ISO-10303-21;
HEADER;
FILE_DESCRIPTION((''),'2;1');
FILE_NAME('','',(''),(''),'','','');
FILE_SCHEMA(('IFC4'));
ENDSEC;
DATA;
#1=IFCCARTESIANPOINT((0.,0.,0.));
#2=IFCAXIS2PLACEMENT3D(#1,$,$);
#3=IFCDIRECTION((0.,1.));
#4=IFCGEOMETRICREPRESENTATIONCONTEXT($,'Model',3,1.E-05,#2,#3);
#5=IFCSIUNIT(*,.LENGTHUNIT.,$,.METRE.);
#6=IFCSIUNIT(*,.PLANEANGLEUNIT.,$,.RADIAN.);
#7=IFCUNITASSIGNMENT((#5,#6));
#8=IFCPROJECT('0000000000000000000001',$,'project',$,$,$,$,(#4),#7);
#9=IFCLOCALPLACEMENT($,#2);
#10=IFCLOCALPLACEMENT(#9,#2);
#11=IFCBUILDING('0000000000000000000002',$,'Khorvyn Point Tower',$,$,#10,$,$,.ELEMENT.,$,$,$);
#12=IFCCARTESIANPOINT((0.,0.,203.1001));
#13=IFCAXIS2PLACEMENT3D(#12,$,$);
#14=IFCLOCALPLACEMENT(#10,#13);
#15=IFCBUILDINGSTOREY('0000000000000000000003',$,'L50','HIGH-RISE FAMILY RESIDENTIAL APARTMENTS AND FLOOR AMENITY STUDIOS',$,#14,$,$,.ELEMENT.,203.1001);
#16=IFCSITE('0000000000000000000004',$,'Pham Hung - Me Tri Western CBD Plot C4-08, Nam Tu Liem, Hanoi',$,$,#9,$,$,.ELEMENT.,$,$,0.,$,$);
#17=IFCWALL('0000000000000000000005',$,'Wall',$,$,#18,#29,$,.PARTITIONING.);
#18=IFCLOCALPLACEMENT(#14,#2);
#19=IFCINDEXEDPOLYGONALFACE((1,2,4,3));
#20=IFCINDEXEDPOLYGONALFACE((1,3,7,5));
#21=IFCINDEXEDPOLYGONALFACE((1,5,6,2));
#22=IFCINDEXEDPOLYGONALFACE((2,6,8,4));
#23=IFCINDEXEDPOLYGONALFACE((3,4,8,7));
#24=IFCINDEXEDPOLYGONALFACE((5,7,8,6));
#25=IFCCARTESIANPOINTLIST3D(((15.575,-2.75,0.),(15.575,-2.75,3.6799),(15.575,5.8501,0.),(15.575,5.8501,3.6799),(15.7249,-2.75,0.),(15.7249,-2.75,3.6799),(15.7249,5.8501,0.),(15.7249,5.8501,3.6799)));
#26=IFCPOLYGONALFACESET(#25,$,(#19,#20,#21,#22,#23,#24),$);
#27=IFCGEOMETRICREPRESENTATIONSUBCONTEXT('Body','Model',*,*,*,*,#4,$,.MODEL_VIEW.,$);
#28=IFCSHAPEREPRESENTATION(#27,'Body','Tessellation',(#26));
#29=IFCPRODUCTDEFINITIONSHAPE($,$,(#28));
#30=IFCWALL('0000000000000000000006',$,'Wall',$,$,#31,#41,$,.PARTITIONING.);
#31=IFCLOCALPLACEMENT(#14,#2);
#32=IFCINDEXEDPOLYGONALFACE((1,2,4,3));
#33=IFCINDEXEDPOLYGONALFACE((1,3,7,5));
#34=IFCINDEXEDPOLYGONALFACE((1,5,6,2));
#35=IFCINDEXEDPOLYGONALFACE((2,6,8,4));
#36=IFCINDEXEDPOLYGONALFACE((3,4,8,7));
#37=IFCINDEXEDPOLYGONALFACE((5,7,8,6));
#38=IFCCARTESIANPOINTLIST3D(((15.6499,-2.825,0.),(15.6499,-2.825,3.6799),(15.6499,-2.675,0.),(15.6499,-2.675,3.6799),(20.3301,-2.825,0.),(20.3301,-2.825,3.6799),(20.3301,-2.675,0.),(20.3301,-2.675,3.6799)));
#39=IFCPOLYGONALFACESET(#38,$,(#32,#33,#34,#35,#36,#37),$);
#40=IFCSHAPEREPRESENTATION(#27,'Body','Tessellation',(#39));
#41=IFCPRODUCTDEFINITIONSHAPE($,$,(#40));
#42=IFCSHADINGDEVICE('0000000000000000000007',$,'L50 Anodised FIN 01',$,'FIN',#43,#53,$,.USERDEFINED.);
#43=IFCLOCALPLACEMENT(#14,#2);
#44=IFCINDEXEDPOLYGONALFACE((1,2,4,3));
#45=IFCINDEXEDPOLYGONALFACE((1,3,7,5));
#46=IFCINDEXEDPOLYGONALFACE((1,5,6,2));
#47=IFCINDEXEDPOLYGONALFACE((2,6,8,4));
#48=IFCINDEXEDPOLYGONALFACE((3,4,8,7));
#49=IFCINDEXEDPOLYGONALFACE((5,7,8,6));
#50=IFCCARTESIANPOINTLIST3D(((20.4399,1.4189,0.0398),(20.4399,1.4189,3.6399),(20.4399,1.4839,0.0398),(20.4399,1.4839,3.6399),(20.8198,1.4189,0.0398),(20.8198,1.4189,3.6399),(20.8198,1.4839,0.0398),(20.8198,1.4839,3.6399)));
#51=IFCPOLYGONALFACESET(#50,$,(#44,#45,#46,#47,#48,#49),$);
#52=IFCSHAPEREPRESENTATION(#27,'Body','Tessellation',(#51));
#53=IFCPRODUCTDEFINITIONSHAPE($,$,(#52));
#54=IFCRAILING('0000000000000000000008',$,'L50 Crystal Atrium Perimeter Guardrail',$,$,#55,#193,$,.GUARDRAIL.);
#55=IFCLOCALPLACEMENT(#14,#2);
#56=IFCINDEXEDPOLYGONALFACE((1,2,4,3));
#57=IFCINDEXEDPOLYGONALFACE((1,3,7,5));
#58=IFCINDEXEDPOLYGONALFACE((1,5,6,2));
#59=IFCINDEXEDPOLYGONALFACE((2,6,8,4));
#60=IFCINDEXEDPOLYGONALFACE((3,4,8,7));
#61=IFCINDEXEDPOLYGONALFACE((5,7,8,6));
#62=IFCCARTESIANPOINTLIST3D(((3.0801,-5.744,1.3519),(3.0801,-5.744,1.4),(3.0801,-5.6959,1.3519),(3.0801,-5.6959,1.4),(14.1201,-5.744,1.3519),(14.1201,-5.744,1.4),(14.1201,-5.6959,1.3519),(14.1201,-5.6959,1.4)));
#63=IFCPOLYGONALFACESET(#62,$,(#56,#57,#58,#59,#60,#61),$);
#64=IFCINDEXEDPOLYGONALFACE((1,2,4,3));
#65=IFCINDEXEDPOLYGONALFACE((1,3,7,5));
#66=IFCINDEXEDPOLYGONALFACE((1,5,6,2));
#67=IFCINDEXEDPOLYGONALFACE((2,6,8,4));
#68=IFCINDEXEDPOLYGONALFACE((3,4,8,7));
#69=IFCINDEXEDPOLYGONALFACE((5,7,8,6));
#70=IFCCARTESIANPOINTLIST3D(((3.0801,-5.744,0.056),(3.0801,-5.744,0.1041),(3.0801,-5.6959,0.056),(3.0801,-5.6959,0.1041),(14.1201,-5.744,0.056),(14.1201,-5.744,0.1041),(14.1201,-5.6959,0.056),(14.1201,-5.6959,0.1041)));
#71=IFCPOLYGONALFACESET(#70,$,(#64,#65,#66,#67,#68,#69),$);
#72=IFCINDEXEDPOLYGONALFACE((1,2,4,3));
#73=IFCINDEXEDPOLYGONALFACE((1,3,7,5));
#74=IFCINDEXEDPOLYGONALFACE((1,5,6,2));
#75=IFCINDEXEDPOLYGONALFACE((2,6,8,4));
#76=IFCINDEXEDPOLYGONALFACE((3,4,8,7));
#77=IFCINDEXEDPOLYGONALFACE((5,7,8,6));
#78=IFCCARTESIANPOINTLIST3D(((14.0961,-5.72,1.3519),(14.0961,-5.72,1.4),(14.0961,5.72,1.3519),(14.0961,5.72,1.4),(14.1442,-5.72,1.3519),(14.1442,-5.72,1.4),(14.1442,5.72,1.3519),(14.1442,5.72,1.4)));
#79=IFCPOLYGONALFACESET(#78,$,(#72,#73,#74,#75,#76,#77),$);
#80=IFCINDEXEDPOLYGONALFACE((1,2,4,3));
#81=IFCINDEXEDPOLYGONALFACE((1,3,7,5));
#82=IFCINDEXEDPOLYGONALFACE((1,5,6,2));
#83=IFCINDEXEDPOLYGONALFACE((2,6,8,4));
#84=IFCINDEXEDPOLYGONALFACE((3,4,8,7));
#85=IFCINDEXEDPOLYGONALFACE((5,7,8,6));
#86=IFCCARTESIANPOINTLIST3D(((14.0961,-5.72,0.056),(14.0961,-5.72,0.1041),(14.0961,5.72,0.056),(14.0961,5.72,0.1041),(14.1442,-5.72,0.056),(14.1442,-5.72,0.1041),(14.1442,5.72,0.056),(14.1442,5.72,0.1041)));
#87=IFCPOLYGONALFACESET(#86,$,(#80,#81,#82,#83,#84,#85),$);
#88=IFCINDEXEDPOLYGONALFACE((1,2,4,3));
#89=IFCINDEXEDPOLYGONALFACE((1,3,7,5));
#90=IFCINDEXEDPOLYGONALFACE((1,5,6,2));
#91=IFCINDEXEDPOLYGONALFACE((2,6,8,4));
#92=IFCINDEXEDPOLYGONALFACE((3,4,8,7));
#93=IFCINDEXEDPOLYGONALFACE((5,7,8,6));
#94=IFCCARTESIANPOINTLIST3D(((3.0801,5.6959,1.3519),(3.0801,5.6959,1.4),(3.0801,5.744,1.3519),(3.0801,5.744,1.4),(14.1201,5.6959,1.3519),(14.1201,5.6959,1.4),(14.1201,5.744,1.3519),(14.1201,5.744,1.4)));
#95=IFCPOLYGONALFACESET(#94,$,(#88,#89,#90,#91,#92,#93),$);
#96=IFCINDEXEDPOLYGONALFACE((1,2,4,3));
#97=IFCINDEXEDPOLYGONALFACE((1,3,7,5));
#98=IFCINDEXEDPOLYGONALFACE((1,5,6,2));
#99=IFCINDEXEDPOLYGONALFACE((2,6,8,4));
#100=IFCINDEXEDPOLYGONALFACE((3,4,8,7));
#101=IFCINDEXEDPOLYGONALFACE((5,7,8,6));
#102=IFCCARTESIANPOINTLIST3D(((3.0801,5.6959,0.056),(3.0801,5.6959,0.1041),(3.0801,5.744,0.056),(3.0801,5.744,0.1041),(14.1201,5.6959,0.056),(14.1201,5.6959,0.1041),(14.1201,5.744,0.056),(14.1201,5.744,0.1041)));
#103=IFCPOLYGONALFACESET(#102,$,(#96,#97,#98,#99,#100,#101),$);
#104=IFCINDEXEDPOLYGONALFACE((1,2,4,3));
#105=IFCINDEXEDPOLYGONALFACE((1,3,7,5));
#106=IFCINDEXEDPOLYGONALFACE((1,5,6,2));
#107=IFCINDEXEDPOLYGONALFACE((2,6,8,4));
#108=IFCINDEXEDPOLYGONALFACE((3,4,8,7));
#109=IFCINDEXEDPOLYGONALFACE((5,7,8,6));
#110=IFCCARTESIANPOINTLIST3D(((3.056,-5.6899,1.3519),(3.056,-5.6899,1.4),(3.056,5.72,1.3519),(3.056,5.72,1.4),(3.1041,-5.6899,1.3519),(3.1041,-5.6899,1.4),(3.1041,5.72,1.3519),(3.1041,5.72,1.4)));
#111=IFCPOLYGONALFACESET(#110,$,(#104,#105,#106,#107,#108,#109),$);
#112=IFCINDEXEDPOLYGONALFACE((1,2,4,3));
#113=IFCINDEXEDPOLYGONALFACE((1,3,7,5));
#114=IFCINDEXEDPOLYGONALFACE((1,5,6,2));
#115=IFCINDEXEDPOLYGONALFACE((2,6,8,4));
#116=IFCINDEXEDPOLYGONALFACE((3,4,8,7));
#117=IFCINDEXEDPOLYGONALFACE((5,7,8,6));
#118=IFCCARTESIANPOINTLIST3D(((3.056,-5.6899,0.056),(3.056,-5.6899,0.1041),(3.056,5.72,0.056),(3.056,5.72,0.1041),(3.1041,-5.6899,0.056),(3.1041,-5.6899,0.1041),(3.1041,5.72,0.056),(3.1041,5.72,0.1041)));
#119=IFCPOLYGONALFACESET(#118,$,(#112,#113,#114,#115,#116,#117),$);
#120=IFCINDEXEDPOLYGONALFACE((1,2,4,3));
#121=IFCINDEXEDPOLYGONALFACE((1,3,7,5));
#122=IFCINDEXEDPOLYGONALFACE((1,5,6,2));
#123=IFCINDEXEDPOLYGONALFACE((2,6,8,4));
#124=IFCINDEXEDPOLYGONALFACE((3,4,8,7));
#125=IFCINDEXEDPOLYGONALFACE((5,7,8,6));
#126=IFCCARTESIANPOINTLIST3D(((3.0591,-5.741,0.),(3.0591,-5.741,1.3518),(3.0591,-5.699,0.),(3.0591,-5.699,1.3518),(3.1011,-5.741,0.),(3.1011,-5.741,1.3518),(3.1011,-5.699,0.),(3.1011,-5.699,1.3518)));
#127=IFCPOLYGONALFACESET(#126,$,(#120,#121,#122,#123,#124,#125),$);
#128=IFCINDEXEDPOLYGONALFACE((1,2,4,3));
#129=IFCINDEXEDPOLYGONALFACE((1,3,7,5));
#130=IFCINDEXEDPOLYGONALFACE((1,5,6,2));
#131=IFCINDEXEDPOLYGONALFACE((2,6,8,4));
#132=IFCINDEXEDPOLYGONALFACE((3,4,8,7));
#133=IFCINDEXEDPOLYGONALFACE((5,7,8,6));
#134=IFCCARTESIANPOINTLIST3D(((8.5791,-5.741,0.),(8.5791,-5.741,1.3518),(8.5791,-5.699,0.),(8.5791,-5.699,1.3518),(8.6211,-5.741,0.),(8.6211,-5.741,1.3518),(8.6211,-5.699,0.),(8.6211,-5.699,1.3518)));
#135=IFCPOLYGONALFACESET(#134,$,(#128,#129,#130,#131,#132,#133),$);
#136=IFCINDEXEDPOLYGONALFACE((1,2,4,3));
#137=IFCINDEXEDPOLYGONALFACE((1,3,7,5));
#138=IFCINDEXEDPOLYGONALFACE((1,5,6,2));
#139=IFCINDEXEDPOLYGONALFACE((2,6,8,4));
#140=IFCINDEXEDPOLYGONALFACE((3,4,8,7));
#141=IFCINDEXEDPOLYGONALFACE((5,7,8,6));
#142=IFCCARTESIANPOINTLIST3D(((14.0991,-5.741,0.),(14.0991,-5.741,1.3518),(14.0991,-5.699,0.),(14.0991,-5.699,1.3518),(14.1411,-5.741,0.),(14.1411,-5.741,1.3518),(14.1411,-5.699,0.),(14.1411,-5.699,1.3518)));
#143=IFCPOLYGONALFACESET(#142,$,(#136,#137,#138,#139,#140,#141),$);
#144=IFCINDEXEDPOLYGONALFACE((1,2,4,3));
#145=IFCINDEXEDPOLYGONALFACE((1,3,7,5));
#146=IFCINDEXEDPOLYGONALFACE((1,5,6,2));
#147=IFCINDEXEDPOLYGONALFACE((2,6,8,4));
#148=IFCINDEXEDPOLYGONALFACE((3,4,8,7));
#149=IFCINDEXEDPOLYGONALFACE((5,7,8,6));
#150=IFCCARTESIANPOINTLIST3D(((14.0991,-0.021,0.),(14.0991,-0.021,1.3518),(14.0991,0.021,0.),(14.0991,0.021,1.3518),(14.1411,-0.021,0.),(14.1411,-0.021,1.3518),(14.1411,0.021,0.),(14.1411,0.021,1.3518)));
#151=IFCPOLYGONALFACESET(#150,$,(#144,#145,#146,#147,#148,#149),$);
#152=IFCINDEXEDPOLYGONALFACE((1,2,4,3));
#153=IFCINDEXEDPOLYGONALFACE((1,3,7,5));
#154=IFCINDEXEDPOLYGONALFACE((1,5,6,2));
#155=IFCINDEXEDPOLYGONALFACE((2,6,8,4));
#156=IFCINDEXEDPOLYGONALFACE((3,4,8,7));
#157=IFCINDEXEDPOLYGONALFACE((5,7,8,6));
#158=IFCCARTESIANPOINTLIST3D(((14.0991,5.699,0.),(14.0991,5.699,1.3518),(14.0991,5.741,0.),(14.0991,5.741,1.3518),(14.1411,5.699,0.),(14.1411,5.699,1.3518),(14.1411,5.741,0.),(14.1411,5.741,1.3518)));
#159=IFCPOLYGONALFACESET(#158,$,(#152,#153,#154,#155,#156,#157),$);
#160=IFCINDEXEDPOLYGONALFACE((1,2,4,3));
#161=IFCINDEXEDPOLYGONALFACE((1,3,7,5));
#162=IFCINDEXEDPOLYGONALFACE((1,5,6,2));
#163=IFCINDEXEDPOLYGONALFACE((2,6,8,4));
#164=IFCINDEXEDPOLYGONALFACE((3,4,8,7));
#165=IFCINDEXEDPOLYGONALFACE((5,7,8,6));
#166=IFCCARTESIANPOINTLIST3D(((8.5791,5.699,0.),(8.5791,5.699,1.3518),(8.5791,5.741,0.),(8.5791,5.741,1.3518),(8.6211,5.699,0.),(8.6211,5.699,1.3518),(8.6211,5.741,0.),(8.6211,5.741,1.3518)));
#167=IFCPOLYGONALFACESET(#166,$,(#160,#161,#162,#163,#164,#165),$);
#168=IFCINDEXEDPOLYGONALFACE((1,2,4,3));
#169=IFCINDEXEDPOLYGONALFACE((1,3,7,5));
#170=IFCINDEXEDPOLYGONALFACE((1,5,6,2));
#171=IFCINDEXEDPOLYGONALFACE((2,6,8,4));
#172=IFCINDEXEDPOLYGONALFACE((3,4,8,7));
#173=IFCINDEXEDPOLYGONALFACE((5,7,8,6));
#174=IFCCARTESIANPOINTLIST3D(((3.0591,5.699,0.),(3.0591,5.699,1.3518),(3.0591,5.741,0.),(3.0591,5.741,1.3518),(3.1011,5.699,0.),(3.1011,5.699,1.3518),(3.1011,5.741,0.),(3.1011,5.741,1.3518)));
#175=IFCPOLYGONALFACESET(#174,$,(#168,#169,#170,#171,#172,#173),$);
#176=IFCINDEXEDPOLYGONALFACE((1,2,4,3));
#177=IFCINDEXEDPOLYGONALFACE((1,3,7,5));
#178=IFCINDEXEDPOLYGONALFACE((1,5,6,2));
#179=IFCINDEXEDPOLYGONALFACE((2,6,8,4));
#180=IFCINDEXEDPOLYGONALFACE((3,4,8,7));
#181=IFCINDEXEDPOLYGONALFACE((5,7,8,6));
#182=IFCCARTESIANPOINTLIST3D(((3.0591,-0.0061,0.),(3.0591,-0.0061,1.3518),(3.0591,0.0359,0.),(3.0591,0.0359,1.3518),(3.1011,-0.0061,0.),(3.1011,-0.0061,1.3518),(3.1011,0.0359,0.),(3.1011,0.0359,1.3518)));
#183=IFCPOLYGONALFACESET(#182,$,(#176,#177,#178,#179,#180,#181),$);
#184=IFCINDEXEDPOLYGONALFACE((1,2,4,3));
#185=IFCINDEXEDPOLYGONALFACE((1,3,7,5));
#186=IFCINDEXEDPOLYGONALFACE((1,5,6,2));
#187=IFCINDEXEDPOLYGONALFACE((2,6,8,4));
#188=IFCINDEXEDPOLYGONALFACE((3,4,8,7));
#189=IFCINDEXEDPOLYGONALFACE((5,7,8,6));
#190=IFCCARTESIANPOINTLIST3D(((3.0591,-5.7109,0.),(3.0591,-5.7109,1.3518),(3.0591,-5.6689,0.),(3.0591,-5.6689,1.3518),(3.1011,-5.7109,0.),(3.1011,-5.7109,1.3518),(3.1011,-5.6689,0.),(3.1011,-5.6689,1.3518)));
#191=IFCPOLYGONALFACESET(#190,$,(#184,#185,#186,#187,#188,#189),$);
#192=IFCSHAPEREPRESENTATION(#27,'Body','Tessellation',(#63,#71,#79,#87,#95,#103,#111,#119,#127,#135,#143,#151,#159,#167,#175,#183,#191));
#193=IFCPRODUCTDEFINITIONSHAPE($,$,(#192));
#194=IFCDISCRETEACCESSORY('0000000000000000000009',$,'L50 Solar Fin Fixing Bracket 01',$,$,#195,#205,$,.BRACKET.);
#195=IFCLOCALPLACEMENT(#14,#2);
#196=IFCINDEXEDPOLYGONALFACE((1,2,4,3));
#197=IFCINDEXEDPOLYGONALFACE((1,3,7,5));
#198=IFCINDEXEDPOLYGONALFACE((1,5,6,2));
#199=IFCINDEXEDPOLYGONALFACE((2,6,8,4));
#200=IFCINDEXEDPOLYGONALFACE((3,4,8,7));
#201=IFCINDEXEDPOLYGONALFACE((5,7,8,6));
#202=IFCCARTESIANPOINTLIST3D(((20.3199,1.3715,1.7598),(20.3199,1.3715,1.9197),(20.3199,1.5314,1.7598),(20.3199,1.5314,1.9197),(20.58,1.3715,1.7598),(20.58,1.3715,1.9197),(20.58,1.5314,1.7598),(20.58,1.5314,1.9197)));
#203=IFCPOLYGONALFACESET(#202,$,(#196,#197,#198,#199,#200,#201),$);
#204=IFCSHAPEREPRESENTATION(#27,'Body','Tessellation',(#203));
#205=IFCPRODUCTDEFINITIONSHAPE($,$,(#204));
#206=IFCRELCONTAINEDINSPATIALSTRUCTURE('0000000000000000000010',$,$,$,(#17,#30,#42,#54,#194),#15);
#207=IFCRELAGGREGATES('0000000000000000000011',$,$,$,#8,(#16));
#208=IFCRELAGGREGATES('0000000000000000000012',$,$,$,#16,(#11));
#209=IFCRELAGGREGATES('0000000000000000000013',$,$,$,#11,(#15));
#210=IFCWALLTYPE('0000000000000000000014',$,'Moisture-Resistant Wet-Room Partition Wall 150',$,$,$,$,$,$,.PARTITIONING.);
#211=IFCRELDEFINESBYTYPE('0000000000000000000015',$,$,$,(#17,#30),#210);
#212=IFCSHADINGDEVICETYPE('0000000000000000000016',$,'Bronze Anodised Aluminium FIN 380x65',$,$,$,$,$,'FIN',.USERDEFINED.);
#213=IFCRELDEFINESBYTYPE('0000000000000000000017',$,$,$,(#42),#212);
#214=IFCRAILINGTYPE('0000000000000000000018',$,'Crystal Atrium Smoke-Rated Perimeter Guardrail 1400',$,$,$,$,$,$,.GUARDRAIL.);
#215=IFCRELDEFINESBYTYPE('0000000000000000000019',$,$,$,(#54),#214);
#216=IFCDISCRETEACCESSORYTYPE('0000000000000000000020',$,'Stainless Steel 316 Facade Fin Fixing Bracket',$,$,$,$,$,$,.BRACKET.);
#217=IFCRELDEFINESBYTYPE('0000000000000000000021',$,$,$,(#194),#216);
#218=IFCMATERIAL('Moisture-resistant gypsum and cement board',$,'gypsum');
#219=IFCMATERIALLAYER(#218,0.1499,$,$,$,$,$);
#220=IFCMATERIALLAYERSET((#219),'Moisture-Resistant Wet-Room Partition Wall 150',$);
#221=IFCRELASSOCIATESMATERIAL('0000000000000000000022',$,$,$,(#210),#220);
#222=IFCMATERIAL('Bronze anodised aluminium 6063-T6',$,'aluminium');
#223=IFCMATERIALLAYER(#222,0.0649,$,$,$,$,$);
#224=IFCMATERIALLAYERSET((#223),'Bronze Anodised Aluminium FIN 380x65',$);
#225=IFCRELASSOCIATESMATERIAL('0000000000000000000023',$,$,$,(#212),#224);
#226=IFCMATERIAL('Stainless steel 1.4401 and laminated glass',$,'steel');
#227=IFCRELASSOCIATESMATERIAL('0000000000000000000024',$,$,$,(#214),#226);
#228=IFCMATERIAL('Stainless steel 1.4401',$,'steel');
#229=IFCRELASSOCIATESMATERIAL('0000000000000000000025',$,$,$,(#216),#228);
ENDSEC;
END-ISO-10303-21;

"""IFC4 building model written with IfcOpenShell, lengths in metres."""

from ifc_helpers import new_model, si_unit, direction, frame, frame_2d, origin, origin_2d, place, context, subcontext, project, spatial, rectangle, extrude, material, layer, layer_set, type_object, element, save


model = new_model("IFC4")

# Units and contexts
model_context = context("Model", 3, precision=1e-05, world=origin(), true_north=direction((0.0, 1.0)))
body_context = subcontext(model_context, "Body", "Model", "MODEL_VIEW")
ifc_project = project(units=[si_unit("LENGTHUNIT", "METRE"), si_unit("PLANEANGLEUNIT", "RADIAN")], contexts=[model_context])

# Site, building, storey
site_placement = place(None, origin())
site = spatial("IfcSite", under=ifc_project, at=site_placement, Name="Pham Hung - Me Tri Western CBD Plot C4-08, Nam Tu Liem, Hanoi", CompositionType="ELEMENT", RefElevation=0.0)
building_placement = place(site_placement, origin())
building = spatial("IfcBuilding", under=site, at=building_placement, Name="Khorvyn Point Tower", CompositionType="ELEMENT")
storey_placement = place(building_placement, frame((0.0, 0.0, 203.1001)))
storey = spatial("IfcBuildingStorey", under=building, at=storey_placement, Name="L50", Description="HIGH-RISE FAMILY RESIDENTIAL APARTMENTS AND FLOOR AMENITY STUDIOS", CompositionType="ELEMENT", Elevation=203.1001)

# Walls
ifc_material_1 = material(Name="Moisture-resistant gypsum and cement board", Category="gypsum")
ifc_layer_1 = layer(ifc_material_1, 0.1499)
ifc_layer_set_1 = layer_set([ifc_layer_1], Name="Moisture-Resistant Wet-Room Partition Wall 150")
wall_type_1 = type_object("IfcWallType", Name="Moisture-Resistant Wet-Room Partition Wall 150", PredefinedType="PARTITIONING", material=ifc_layer_set_1)
wall_1_placement = place(storey_placement, frame((15.6499, -2.75, 0.0), z_axis=(0.0, 0.0, 1.0), x_axis=(0.0, 1.0, 0.0)))
element("IfcWall", 1, at=wall_1_placement, inside=storey, type_object=wall_type_1, Name="Wall", PredefinedType="PARTITIONING", context=body_context, shape_type="SweptSolid", body=[
    extrude(rectangle(XDim=8.6001, YDim=0.1499, at=frame_2d((4.3, 0.0))), origin(), (0.0, 0.0, 1.0), 3.6799),
])
wall_2_placement = place(storey_placement, frame((15.6499, -2.75, 0.0), z_axis=(0.0, 0.0, 1.0), x_axis=(1.0, 0.0, 0.0)))
element("IfcWall", 2, at=wall_2_placement, inside=storey, type_object=wall_type_1, Name="Wall", PredefinedType="PARTITIONING", context=body_context, shape_type="SweptSolid", body=[
    extrude(rectangle(XDim=4.6802, YDim=0.1499, at=frame_2d((2.3401, 0.0))), origin(), (0.0, 0.0, 1.0), 3.6799),
])

# Shading device
ifc_material_2 = material(Name="Bronze anodised aluminium 6063-T6", Category="aluminium")
ifc_layer_2 = layer(ifc_material_2, 0.0649)
ifc_layer_set_2 = layer_set([ifc_layer_2], Name="Bronze Anodised Aluminium FIN 380x65")
shading_device_type = type_object("IfcShadingDeviceType", Name="Bronze Anodised Aluminium FIN 380x65", ElementType="FIN", PredefinedType="USERDEFINED", material=ifc_layer_set_2)
shading_device_placement = place(storey_placement, frame((20.6299, 1.4514, 0.0398), z_axis=(0.0, 0.0, 1.0), x_axis=(1.0, 0.0, 0.0)))
element("IfcShadingDevice", 3, at=shading_device_placement, inside=storey, type_object=shading_device_type, Name="L50 Anodised FIN 01", ObjectType="FIN", PredefinedType="USERDEFINED", context=body_context, shape_type="SweptSolid", body=[
    extrude(rectangle(XDim=0.3799, YDim=0.0649, at=origin_2d()), origin(), (0.0, 0.0, 1.0), 3.6001),
])

# Railing
ifc_material_3 = material(Name="Stainless steel 1.4401 and laminated glass", Category="steel")
railing_type = type_object("IfcRailingType", Name="Crystal Atrium Smoke-Rated Perimeter Guardrail 1400", PredefinedType="GUARDRAIL", material=ifc_material_3)
railing_placement = place(storey_placement, frame((3.0801, -5.72, 0.0)))
element("IfcRailing", 4, at=railing_placement, inside=storey, type_object=railing_type, Name="L50 Crystal Atrium Perimeter Guardrail", PredefinedType="GUARDRAIL", context=body_context, shape_type="SweptSolid", body=[
    extrude(rectangle(XDim=0.0481, YDim=0.0481, at=origin_2d()), frame((0.0, 0.0, 1.376), z_axis=(1.0, 0.0, 0.0), x_axis=(0.0, 1.0, 0.0)), (0.0, 0.0, 1.0), 11.04),
    extrude(rectangle(XDim=0.0481, YDim=0.0481, at=origin_2d()), frame((0.0, 0.0, 0.0801), z_axis=(1.0, 0.0, 0.0), x_axis=(0.0, 1.0, 0.0)), (0.0, 0.0, 1.0), 11.04),
    extrude(rectangle(XDim=0.0481, YDim=0.0481, at=origin_2d()), frame((11.04, 0.0, 1.376), z_axis=(0.0, 1.0, 0.0), x_axis=(-1.0, 0.0, 0.0)), (0.0, 0.0, 1.0), 11.4399),
    extrude(rectangle(XDim=0.0481, YDim=0.0481, at=origin_2d()), frame((11.04, 0.0, 0.0801), z_axis=(0.0, 1.0, 0.0), x_axis=(-1.0, 0.0, 0.0)), (0.0, 0.0, 1.0), 11.4399),
    extrude(rectangle(XDim=0.0481, YDim=0.0481, at=origin_2d()), frame((11.04, 11.4399, 1.376), z_axis=(-1.0, 0.0, 0.0), x_axis=(0.0, -1.0, 0.0)), (0.0, 0.0, 1.0), 11.04),
    extrude(rectangle(XDim=0.0481, YDim=0.0481, at=origin_2d()), frame((11.04, 11.4399, 0.0801), z_axis=(-1.0, 0.0, 0.0), x_axis=(0.0, -1.0, 0.0)), (0.0, 0.0, 1.0), 11.04),
    extrude(rectangle(XDim=0.0481, YDim=0.0481, at=origin_2d()), frame((0.0, 11.4399, 1.376), z_axis=(0.0, -1.0, 0.0), x_axis=(1.0, 0.0, 0.0)), (0.0, 0.0, 1.0), 11.4099),
    extrude(rectangle(XDim=0.0481, YDim=0.0481, at=origin_2d()), frame((0.0, 11.4399, 0.0801), z_axis=(0.0, -1.0, 0.0), x_axis=(1.0, 0.0, 0.0)), (0.0, 0.0, 1.0), 11.4099),
    extrude(rectangle(XDim=0.042, YDim=0.042, at=origin_2d()), origin(), (0.0, 0.0, 1.0), 1.3518),
    extrude(rectangle(XDim=0.042, YDim=0.042, at=origin_2d()), frame((5.52, 0.0, 0.0)), (0.0, 0.0, 1.0), 1.3518),
    extrude(rectangle(XDim=0.042, YDim=0.042, at=origin_2d()), frame((11.04, 0.0, 0.0)), (0.0, 0.0, 1.0), 1.3518),
    extrude(rectangle(XDim=0.042, YDim=0.042, at=origin_2d()), frame((11.04, 5.72, 0.0)), (0.0, 0.0, 1.0), 1.3518),
    extrude(rectangle(XDim=0.042, YDim=0.042, at=origin_2d()), frame((11.04, 11.4399, 0.0)), (0.0, 0.0, 1.0), 1.3518),
    extrude(rectangle(XDim=0.042, YDim=0.042, at=origin_2d()), frame((5.52, 11.4399, 0.0)), (0.0, 0.0, 1.0), 1.3518),
    extrude(rectangle(XDim=0.042, YDim=0.042, at=origin_2d()), frame((0.0, 11.4399, 0.0)), (0.0, 0.0, 1.0), 1.3518),
    extrude(rectangle(XDim=0.042, YDim=0.042, at=origin_2d()), frame((0.0, 5.7349, 0.0)), (0.0, 0.0, 1.0), 1.3518),
    extrude(rectangle(XDim=0.042, YDim=0.042, at=origin_2d()), frame((0.0, 0.03, 0.0)), (0.0, 0.0, 1.0), 1.3518),
])

# Discrete accessory
ifc_material_4 = material(Name="Stainless steel 1.4401", Category="steel")
discrete_accessory_type = type_object("IfcDiscreteAccessoryType", Name="Stainless Steel 316 Facade Fin Fixing Bracket", PredefinedType="BRACKET", material=ifc_material_4)
discrete_accessory_placement = place(storey_placement, frame((20.45, 1.4514, 1.7598), z_axis=(0.0, 0.0, 1.0), x_axis=(0.0, -1.0, 0.0)))
element("IfcDiscreteAccessory", 5, at=discrete_accessory_placement, inside=storey, type_object=discrete_accessory_type, Name="L50 Solar Fin Fixing Bracket 01", PredefinedType="BRACKET", context=body_context, shape_type="SweptSolid", body=[
    extrude(rectangle(XDim=0.1599, YDim=0.26, at=origin_2d()), origin(), (0.0, 0.0, 1.0), 0.1599),
])

save(model, "model.ifc")
